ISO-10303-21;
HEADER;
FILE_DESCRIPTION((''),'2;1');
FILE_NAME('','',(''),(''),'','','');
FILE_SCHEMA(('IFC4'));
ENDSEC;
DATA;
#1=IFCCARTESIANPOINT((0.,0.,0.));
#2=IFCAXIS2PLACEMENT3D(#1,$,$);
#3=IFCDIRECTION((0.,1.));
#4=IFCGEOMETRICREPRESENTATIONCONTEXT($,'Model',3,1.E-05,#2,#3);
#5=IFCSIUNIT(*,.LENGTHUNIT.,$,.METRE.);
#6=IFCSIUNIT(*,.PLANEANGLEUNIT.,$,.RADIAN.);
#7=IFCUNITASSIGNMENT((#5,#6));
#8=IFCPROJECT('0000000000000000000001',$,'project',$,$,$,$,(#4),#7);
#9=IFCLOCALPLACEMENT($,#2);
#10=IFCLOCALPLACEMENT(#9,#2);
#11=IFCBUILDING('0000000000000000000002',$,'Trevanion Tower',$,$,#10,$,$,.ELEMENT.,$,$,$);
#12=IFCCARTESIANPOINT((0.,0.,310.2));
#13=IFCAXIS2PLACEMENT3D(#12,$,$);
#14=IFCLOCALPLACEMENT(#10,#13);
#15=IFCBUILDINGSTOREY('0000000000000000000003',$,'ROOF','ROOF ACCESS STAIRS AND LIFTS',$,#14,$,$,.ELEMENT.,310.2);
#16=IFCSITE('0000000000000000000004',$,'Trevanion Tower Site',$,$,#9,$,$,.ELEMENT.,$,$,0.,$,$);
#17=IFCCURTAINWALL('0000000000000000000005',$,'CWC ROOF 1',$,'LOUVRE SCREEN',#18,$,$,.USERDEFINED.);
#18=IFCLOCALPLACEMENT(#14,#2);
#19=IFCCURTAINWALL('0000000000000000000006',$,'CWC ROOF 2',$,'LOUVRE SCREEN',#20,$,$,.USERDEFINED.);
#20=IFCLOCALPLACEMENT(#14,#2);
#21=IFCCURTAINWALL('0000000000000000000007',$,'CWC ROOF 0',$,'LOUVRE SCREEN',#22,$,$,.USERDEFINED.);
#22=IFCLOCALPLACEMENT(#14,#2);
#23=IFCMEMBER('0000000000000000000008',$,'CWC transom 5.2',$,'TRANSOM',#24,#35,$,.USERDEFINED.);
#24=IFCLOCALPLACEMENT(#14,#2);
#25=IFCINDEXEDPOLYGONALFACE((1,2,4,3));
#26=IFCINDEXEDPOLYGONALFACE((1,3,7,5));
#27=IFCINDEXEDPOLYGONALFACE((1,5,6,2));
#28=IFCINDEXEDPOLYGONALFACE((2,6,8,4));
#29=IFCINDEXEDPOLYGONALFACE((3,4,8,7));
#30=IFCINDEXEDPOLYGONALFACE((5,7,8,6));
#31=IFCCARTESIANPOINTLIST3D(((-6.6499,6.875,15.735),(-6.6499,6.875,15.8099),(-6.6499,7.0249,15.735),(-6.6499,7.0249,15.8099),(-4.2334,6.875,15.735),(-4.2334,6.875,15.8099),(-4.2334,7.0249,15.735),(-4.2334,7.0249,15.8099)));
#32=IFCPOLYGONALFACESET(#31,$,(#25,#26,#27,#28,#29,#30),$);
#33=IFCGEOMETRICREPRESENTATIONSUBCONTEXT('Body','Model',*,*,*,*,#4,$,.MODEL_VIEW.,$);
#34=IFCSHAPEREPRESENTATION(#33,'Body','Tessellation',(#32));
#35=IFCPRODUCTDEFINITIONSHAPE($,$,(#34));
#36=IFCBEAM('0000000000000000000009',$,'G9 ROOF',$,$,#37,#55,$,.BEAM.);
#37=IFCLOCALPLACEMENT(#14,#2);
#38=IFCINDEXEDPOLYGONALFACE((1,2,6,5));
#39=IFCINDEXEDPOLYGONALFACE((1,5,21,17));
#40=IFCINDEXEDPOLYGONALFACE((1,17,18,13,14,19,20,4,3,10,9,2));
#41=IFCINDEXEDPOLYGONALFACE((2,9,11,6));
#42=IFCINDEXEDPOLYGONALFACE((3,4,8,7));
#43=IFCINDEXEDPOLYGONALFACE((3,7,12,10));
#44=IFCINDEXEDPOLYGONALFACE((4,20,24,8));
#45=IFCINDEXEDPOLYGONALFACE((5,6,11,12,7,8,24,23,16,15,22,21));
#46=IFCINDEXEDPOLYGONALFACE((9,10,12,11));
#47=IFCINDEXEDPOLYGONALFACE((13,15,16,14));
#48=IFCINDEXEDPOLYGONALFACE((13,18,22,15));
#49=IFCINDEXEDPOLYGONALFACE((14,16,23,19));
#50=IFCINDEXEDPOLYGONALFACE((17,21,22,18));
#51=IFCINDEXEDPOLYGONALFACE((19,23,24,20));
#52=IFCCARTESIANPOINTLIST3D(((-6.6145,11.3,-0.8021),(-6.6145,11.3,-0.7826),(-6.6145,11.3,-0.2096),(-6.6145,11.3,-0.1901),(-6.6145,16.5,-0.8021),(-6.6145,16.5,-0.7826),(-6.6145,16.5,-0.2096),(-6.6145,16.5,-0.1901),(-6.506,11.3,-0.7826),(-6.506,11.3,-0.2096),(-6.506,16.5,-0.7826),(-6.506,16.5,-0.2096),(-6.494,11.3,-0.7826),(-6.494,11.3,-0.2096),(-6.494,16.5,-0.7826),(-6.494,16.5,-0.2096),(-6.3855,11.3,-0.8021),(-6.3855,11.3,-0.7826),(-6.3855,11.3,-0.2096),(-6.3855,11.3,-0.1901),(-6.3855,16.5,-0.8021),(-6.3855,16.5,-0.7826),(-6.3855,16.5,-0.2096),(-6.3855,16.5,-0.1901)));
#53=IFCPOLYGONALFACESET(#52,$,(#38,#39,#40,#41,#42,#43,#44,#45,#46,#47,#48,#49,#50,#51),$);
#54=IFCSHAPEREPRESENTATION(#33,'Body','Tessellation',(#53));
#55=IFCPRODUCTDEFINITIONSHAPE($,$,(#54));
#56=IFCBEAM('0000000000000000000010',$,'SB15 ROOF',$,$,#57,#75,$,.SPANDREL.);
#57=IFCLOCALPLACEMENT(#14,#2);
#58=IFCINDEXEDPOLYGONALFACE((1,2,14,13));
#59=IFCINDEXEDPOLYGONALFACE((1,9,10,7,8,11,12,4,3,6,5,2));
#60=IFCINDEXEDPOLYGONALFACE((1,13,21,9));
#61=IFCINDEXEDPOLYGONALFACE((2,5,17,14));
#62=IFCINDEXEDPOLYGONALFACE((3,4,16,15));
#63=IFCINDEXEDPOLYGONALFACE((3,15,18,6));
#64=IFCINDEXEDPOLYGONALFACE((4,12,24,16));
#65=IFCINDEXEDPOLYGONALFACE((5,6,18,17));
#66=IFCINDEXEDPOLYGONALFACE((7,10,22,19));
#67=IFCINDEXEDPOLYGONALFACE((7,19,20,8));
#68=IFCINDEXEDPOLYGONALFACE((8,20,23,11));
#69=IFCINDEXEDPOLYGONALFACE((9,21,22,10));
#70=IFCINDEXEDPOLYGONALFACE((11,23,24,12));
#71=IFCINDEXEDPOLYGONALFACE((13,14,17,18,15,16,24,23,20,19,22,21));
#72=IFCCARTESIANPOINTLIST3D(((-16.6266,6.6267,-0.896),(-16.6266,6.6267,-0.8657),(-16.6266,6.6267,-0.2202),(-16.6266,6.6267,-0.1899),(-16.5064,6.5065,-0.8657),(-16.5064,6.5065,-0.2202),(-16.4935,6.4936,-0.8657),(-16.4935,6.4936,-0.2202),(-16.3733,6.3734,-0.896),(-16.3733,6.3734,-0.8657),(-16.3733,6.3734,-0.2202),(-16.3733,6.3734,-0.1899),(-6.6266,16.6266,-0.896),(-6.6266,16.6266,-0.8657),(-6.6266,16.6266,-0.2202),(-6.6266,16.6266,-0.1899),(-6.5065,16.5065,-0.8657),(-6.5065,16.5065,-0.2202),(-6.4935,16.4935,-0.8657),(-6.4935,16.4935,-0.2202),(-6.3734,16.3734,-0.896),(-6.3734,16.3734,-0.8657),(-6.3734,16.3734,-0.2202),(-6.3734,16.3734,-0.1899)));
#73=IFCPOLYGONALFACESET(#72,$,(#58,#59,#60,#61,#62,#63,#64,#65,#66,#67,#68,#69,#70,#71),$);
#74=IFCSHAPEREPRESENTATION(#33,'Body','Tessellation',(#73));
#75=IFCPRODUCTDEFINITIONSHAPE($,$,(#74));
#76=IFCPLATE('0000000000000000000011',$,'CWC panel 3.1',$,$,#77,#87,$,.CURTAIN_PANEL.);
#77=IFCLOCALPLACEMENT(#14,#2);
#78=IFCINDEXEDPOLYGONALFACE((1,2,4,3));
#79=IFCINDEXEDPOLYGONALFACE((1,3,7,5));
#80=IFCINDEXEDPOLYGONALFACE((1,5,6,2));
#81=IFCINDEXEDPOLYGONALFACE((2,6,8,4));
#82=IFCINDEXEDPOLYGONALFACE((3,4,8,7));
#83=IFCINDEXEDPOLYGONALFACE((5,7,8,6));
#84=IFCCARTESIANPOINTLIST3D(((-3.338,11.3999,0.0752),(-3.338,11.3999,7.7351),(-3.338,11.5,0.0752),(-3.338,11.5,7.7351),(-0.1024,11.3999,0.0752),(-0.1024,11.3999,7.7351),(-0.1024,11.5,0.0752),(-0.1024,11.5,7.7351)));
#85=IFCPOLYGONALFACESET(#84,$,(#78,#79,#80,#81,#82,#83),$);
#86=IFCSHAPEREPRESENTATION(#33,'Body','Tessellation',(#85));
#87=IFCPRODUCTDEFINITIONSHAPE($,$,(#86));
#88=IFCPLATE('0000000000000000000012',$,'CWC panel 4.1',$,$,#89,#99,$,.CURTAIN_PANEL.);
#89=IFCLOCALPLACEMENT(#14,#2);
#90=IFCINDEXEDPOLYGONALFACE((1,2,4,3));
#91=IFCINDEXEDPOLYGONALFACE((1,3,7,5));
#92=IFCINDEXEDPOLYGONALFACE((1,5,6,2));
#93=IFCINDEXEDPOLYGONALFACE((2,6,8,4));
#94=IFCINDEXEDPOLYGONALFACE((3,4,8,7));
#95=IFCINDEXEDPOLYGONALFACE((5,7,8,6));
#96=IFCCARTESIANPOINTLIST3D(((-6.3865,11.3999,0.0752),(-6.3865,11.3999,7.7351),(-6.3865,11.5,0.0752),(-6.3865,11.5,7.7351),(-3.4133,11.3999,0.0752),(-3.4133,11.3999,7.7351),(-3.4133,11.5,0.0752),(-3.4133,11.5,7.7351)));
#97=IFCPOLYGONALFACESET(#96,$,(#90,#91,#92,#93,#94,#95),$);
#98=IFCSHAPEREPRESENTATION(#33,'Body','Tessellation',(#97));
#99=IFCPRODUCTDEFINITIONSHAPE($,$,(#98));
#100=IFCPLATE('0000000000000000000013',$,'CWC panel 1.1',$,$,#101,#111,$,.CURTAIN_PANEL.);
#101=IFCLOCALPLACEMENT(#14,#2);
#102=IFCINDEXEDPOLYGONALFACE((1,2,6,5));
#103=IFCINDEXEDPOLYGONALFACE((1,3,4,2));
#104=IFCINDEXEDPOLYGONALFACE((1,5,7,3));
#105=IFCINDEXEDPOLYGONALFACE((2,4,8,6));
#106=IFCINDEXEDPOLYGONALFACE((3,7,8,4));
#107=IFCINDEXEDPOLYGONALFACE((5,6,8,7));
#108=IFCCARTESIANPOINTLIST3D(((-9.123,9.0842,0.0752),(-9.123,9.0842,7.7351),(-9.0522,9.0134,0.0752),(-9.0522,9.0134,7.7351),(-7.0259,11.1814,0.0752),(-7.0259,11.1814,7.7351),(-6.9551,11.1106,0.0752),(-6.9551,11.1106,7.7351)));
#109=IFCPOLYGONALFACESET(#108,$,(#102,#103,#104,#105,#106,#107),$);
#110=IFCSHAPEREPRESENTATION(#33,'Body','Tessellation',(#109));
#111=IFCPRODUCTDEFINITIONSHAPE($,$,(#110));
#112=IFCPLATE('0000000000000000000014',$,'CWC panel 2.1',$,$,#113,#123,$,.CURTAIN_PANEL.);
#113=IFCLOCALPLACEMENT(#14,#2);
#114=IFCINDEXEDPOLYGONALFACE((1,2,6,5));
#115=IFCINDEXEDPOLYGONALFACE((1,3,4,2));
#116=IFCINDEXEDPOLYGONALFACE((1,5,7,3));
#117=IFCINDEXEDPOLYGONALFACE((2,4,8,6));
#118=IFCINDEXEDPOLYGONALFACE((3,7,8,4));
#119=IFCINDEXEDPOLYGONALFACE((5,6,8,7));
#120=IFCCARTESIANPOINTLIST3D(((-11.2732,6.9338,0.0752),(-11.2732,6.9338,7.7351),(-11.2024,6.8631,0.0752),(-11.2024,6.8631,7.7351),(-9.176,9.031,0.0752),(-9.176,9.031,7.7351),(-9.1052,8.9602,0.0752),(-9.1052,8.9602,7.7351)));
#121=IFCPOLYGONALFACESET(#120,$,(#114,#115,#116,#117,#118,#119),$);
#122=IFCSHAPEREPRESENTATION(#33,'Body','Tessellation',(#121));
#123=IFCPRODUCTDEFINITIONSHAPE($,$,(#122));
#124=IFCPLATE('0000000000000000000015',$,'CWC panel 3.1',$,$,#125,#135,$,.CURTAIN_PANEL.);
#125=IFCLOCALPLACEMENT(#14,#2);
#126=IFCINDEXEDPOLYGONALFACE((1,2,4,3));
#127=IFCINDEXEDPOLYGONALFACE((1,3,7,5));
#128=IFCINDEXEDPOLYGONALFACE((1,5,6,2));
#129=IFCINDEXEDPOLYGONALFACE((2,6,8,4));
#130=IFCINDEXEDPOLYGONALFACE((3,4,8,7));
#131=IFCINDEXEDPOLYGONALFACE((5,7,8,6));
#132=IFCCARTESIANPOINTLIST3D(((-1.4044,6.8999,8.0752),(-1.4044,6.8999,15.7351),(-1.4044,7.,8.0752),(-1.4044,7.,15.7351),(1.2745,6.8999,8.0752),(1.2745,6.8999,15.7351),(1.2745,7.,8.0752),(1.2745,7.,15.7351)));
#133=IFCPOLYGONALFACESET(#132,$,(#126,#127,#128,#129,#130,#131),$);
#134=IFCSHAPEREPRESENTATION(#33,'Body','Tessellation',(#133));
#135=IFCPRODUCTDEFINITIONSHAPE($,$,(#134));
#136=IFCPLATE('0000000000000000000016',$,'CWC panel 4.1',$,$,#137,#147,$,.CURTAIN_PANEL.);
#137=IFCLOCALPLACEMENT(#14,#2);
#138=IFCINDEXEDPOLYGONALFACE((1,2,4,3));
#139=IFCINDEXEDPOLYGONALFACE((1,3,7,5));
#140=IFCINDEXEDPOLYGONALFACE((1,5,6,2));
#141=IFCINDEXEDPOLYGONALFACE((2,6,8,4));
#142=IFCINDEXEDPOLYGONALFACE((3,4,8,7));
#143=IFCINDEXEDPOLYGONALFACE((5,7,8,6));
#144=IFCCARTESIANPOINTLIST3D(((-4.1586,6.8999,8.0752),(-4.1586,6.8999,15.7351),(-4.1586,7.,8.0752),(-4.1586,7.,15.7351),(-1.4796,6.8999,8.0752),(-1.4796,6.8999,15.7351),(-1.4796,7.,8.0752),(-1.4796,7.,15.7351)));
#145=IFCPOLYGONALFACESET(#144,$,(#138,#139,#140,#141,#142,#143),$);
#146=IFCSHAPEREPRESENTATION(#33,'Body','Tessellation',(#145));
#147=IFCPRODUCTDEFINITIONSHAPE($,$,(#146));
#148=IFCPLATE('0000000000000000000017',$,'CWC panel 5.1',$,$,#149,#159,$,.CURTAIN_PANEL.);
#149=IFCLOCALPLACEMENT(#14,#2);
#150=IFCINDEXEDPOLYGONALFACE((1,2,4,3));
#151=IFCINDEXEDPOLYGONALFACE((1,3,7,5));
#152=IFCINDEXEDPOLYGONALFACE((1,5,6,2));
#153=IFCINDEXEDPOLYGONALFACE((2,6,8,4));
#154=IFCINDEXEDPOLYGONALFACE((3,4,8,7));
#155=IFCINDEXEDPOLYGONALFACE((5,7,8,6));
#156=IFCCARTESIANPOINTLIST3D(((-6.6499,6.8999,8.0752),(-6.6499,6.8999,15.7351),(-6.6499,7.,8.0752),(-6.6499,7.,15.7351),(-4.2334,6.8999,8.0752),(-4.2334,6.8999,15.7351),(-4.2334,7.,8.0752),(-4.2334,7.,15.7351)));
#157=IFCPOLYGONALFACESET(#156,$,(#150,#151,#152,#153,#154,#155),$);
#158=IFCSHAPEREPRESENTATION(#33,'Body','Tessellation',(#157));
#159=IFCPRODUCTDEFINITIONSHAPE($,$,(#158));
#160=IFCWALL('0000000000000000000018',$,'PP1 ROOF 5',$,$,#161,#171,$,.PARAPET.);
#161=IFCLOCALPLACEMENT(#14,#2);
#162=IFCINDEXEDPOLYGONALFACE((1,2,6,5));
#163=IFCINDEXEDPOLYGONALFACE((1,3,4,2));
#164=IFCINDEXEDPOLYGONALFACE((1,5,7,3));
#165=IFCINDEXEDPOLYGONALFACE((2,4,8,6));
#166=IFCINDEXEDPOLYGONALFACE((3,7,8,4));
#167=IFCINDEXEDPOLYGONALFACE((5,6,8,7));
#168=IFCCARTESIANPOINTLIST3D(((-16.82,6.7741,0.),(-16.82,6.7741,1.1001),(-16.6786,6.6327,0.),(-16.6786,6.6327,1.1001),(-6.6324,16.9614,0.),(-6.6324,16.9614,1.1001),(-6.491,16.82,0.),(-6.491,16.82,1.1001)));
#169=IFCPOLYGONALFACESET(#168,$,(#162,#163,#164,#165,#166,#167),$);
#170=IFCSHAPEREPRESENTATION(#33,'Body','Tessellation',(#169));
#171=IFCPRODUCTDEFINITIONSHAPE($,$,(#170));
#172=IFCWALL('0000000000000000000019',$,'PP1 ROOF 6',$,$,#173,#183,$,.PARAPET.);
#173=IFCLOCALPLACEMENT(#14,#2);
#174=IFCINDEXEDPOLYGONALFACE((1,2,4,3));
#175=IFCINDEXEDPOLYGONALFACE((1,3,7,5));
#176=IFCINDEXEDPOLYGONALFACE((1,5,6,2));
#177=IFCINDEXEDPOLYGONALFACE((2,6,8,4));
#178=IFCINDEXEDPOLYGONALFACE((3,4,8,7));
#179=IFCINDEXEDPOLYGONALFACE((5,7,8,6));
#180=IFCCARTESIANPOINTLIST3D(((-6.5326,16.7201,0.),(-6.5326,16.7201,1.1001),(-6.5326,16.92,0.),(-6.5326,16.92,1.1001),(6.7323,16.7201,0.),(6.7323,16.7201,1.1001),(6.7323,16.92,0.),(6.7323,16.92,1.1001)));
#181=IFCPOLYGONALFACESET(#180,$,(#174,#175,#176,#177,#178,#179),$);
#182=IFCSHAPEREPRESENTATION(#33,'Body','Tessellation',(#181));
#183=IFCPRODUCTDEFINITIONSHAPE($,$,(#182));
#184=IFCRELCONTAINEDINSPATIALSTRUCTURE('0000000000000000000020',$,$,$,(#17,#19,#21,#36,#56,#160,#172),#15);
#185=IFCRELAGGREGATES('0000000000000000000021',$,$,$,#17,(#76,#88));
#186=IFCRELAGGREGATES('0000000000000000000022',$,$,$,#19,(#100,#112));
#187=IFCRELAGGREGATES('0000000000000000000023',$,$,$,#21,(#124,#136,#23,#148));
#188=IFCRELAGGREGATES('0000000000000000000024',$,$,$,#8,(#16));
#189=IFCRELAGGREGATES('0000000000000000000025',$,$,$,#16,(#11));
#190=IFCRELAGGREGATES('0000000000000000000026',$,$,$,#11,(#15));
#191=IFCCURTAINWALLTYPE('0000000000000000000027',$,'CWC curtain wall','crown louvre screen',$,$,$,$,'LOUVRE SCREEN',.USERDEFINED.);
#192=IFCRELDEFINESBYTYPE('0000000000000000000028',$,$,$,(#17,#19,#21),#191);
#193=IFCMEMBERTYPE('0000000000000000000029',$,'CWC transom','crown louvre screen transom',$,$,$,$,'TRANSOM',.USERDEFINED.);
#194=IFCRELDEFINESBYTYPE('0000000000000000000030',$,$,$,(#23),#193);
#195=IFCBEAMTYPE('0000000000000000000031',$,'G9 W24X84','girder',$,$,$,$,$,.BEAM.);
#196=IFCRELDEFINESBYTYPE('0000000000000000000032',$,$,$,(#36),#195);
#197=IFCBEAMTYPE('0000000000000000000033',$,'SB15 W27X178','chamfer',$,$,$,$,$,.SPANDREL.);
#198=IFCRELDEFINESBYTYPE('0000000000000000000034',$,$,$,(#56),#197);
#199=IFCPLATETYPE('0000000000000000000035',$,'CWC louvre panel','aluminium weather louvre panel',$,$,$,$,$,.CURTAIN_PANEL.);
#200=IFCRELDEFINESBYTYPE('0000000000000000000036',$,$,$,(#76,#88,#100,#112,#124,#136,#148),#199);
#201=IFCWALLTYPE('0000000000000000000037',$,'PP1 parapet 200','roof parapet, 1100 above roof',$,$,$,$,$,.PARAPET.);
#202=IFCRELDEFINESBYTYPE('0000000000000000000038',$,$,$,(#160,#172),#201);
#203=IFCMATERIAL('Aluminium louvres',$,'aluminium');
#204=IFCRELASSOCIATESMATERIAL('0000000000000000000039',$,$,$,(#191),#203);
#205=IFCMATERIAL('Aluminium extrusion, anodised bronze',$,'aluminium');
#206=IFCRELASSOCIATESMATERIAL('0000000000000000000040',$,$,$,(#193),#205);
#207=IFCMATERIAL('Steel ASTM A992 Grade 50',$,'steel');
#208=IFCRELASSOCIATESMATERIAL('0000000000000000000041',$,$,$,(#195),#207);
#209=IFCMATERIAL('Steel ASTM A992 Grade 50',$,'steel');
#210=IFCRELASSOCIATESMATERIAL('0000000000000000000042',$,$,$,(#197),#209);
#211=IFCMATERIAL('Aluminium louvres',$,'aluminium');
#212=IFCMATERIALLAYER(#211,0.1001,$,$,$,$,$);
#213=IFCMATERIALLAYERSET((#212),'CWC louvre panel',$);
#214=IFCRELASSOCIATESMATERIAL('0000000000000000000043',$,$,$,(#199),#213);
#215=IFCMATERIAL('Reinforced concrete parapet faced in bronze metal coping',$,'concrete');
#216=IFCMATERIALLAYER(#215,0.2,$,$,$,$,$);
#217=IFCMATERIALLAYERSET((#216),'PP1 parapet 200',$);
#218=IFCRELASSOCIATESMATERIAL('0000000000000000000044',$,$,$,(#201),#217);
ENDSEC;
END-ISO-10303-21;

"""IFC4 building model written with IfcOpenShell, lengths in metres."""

from ifc_helpers import new_model, si_unit, direction, frame, frame_2d, origin, origin_2d, place, context, subcontext, project, spatial, rectangle, i_section, extrude, material, layer, layer_set, material_profile, profile_set, type_object, element, aggregate, save


model = new_model("IFC4")

# Units and contexts
model_context = context("Model", 3, precision=1e-05, world=origin(), true_north=direction((0.0, 1.0)))
body_context = subcontext(model_context, "Body", "Model", "MODEL_VIEW")
ifc_project = project(units=[si_unit("LENGTHUNIT", "METRE"), si_unit("PLANEANGLEUNIT", "RADIAN")], contexts=[model_context])

# Site, building, storey
site_placement = place(None, origin())
site = spatial("IfcSite", under=ifc_project, at=site_placement, Name="Trevanion Tower Site", CompositionType="ELEMENT", RefElevation=0.0)
building_placement = place(site_placement, origin())
building = spatial("IfcBuilding", under=site, at=building_placement, Name="Trevanion Tower", CompositionType="ELEMENT")
storey_placement = place(building_placement, frame((0.0, 0.0, 310.2)))
storey = spatial("IfcBuildingStorey", under=building, at=storey_placement, Name="ROOF", Description="ROOF ACCESS STAIRS AND LIFTS", CompositionType="ELEMENT", Elevation=310.2)

# Curtain wall
ifc_material_1 = material(Name="Aluminium louvres", Category="aluminium")
curtain_wall_type = type_object("IfcCurtainWallType", Name="CWC curtain wall", Description="crown louvre screen", ElementType="LOUVRE SCREEN", PredefinedType="USERDEFINED", material=ifc_material_1)
curtain_wall_1_placement = place(storey_placement, origin())
curtain_wall_1 = element("IfcCurtainWall", 1, at=curtain_wall_1_placement, inside=storey, type_object=curtain_wall_type, Name="CWC ROOF 1", ObjectType="LOUVRE SCREEN", PredefinedType="USERDEFINED")

# Curtain wall
curtain_wall_2_placement = place(storey_placement, origin())
curtain_wall_2 = element("IfcCurtainWall", 2, at=curtain_wall_2_placement, inside=storey, type_object=curtain_wall_type, Name="CWC ROOF 2", ObjectType="LOUVRE SCREEN", PredefinedType="USERDEFINED")

# Curtain wall
curtain_wall_3_placement = place(storey_placement, origin())
curtain_wall_3 = element("IfcCurtainWall", 3, at=curtain_wall_3_placement, inside=storey, type_object=curtain_wall_type, Name="CWC ROOF 0", ObjectType="LOUVRE SCREEN", PredefinedType="USERDEFINED")

# Member
ifc_material_2 = material(Name="Aluminium extrusion, anodised bronze", Category="aluminium")
ifc_material_profile_1 = material_profile(ifc_material_2, rectangle(XDim=0.1499, YDim=0.075, at=origin_2d()), Name="CWC transom")
ifc_profile_set_1 = profile_set([ifc_material_profile_1], Name="Aluminium extrusion, anodised bronze")
member_type_1 = type_object("IfcMemberType", Name="CWC transom", Description="crown louvre screen transom", ElementType="TRANSOM", PredefinedType="USERDEFINED", material=ifc_profile_set_1)
member_1_placement = place(storey_placement, frame((-4.2334, 6.95, 15.7725), z_axis=(-1.0, 0.0, 0.0), x_axis=(0.0, -1.0, 0.0)))
member_1 = element("IfcMember", 4, at=member_1_placement, type_object=member_type_1, Name="CWC transom 5.2", ObjectType="TRANSOM", PredefinedType="USERDEFINED", context=body_context, shape_type="SweptSolid", body=[
    extrude(rectangle(XDim=0.1499, YDim=0.075, at=origin_2d()), origin(), (0.0, 0.0, 1.0), 2.4165),
])

# Beams
ifc_material_3 = material(Name="Steel ASTM A992 Grade 50", Category="steel")
ifc_material_profile_2 = material_profile(ifc_material_3, i_section(OverallWidth=0.229, OverallDepth=0.6121, WebThickness=0.012, FlangeThickness=0.0195, at=origin_2d()), Name="W24X84")
ifc_profile_set_2 = profile_set([ifc_material_profile_2], Name="Steel ASTM A992 Grade 50")
beam_type_1 = type_object("IfcBeamType", Name="G9 W24X84", Description="girder", PredefinedType="BEAM", material=ifc_profile_set_2)
beam_1_placement = place(storey_placement, frame((-6.5, 11.3, -0.4961), z_axis=(0.0, 1.0, 0.0), x_axis=(-1.0, 0.0, 0.0)))
element("IfcBeam", 5, at=beam_1_placement, inside=storey, type_object=beam_type_1, Name="G9 ROOF", PredefinedType="BEAM", context=body_context, shape_type="SweptSolid", body=[
    extrude(i_section(OverallWidth=0.229, OverallDepth=0.6121, WebThickness=0.012, FlangeThickness=0.0195, at=origin_2d()), origin(), (0.0, 0.0, 1.0), 5.2),
])
ifc_material_4 = material(Name="Steel ASTM A992 Grade 50", Category="steel")
ifc_material_profile_3 = material_profile(ifc_material_4, i_section(OverallWidth=0.3582, OverallDepth=0.7061, WebThickness=0.0183, FlangeThickness=0.0303, at=origin_2d()), Name="W27X178")
ifc_profile_set_3 = profile_set([ifc_material_profile_3], Name="Steel ASTM A992 Grade 50")
beam_type_2 = type_object("IfcBeamType", Name="SB15 W27X178", Description="chamfer", PredefinedType="SPANDREL", material=ifc_profile_set_3)
beam_2_placement = place(storey_placement, frame((-6.5, 16.5, -0.543), z_axis=(-0.707107, -0.707107, 0.0), x_axis=(0.707107, -0.707107, 0.0)))
element("IfcBeam", 6, at=beam_2_placement, inside=storey, type_object=beam_type_2, Name="SB15 ROOF", PredefinedType="SPANDREL", context=body_context, shape_type="SweptSolid", body=[
    extrude(i_section(OverallWidth=0.3582, OverallDepth=0.7061, WebThickness=0.0183, FlangeThickness=0.0303, at=origin_2d()), origin(), (0.0, 0.0, 1.0), 14.1421),
])

# Plates
ifc_material_5 = material(Name="Aluminium louvres", Category="aluminium")
ifc_layer_1 = layer(ifc_material_5, 0.1001)
ifc_layer_set_1 = layer_set([ifc_layer_1], Name="CWC louvre panel")
plate_type = type_object("IfcPlateType", Name="CWC louvre panel", Description="aluminium weather louvre panel", PredefinedType="CURTAIN_PANEL", material=ifc_layer_set_1)
plate_1_placement = place(storey_placement, frame((-1.7202, 11.45, 0.0752), z_axis=(0.0, 0.0, 1.0), x_axis=(-1.0, 0.0, 0.0)))
plate_1 = element("IfcPlate", 7, at=plate_1_placement, type_object=plate_type, Name="CWC panel 3.1", PredefinedType="CURTAIN_PANEL", context=body_context, shape_type="SweptSolid", body=[
    extrude(rectangle(XDim=3.2356, YDim=0.1001, at=origin_2d()), origin(), (0.0, 0.0, 1.0), 7.6599),
])
plate_2_placement = place(storey_placement, frame((-4.8999, 11.45, 0.0752), z_axis=(0.0, 0.0, 1.0), x_axis=(-1.0, 0.0, 0.0)))
plate_2 = element("IfcPlate", 8, at=plate_2_placement, type_object=plate_type, Name="CWC panel 4.1", PredefinedType="CURTAIN_PANEL", context=body_context, shape_type="SweptSolid", body=[
    extrude(rectangle(XDim=2.9731, YDim=0.1001, at=origin_2d()), origin(), (0.0, 0.0, 1.0), 7.6599),
])
aggregate(curtain_wall_1, [plate_1, plate_2])
plate_3_placement = place(storey_placement, frame((-8.0391, 10.0974, 0.0752), z_axis=(0.0, 0.0, 1.0), x_axis=(-0.707107, -0.707107, 0.0)))
plate_3 = element("IfcPlate", 9, at=plate_3_placement, type_object=plate_type, Name="CWC panel 1.1", PredefinedType="CURTAIN_PANEL", context=body_context, shape_type="SweptSolid", body=[
    extrude(rectangle(XDim=2.9658, YDim=0.1001, at=origin_2d()), origin(), (0.0, 0.0, 1.0), 7.6599),
])
plate_4_placement = place(storey_placement, frame((-10.1892, 7.947, 0.0752), z_axis=(0.0, 0.0, 1.0), x_axis=(-0.707107, -0.707107, 0.0)))
plate_4 = element("IfcPlate", 10, at=plate_4_placement, type_object=plate_type, Name="CWC panel 2.1", PredefinedType="CURTAIN_PANEL", context=body_context, shape_type="SweptSolid", body=[
    extrude(rectangle(XDim=2.9658, YDim=0.1001, at=origin_2d()), origin(), (0.0, 0.0, 1.0), 7.6599),
])
aggregate(curtain_wall_2, [plate_3, plate_4])
plate_5_placement = place(storey_placement, frame((-0.0649, 6.95, 8.0752), z_axis=(0.0, 0.0, 1.0), x_axis=(-1.0, 0.0, 0.0)))
plate_5 = element("IfcPlate", 11, at=plate_5_placement, type_object=plate_type, Name="CWC panel 3.1", PredefinedType="CURTAIN_PANEL", context=body_context, shape_type="SweptSolid", body=[
    extrude(rectangle(XDim=2.679, YDim=0.1001, at=origin_2d()), origin(), (0.0, 0.0, 1.0), 7.6599),
])
plate_6_placement = place(storey_placement, frame((-2.8191, 6.95, 8.0752), z_axis=(0.0, 0.0, 1.0), x_axis=(-1.0, 0.0, 0.0)))
plate_6 = element("IfcPlate", 12, at=plate_6_placement, type_object=plate_type, Name="CWC panel 4.1", PredefinedType="CURTAIN_PANEL", context=body_context, shape_type="SweptSolid", body=[
    extrude(rectangle(XDim=2.679, YDim=0.1001, at=origin_2d()), origin(), (0.0, 0.0, 1.0), 7.6599),
])
plate_7_placement = place(storey_placement, frame((-5.4417, 6.95, 8.0752), z_axis=(0.0, 0.0, 1.0), x_axis=(-1.0, 0.0, 0.0)))
plate_7 = element("IfcPlate", 13, at=plate_7_placement, type_object=plate_type, Name="CWC panel 5.1", PredefinedType="CURTAIN_PANEL", context=body_context, shape_type="SweptSolid", body=[
    extrude(rectangle(XDim=2.4165, YDim=0.1001, at=origin_2d()), origin(), (0.0, 0.0, 1.0), 7.6599),
])
aggregate(curtain_wall_3, [plate_5, plate_6, member_1, plate_7])

# Walls
ifc_material_6 = material(Name="Reinforced concrete parapet faced in bronze metal coping", Category="concrete")
ifc_layer_2 = layer(ifc_material_6, 0.2)
ifc_layer_set_2 = layer_set([ifc_layer_2], Name="PP1 parapet 200")
wall_type = type_object("IfcWallType", Name="PP1 parapet 200", Description="roof parapet, 1100 above roof", PredefinedType="PARAPET", material=ifc_layer_set_2)
wall_1_placement = place(storey_placement, frame((-16.7493, 6.7034, 0.0), z_axis=(0.0, 0.0, 1.0), x_axis=(0.707115, 0.707098, 0.0)))
element("IfcWall", 14, at=wall_1_placement, inside=storey, type_object=wall_type, Name="PP1 ROOF 5", PredefinedType="PARAPET", context=body_context, shape_type="SweptSolid", body=[
    extrude(rectangle(XDim=14.4072, YDim=0.2, at=frame_2d((7.2036, 0.0))), origin(), (0.0, 0.0, 1.0), 1.1001),
])
wall_2_placement = place(storey_placement, frame((-6.5325, 16.8201, 0.0), z_axis=(0.0, 0.0, 1.0), x_axis=(1.0, 0.0, 0.0)))
element("IfcWall", 15, at=wall_2_placement, inside=storey, type_object=wall_type, Name="PP1 ROOF 6", PredefinedType="PARAPET", context=body_context, shape_type="SweptSolid", body=[
    extrude(rectangle(XDim=13.2649, YDim=0.2, at=frame_2d((6.6323, 0.0))), origin(), (0.0, 0.0, 1.0), 1.1001),
])

save(model, "model.ifc")
